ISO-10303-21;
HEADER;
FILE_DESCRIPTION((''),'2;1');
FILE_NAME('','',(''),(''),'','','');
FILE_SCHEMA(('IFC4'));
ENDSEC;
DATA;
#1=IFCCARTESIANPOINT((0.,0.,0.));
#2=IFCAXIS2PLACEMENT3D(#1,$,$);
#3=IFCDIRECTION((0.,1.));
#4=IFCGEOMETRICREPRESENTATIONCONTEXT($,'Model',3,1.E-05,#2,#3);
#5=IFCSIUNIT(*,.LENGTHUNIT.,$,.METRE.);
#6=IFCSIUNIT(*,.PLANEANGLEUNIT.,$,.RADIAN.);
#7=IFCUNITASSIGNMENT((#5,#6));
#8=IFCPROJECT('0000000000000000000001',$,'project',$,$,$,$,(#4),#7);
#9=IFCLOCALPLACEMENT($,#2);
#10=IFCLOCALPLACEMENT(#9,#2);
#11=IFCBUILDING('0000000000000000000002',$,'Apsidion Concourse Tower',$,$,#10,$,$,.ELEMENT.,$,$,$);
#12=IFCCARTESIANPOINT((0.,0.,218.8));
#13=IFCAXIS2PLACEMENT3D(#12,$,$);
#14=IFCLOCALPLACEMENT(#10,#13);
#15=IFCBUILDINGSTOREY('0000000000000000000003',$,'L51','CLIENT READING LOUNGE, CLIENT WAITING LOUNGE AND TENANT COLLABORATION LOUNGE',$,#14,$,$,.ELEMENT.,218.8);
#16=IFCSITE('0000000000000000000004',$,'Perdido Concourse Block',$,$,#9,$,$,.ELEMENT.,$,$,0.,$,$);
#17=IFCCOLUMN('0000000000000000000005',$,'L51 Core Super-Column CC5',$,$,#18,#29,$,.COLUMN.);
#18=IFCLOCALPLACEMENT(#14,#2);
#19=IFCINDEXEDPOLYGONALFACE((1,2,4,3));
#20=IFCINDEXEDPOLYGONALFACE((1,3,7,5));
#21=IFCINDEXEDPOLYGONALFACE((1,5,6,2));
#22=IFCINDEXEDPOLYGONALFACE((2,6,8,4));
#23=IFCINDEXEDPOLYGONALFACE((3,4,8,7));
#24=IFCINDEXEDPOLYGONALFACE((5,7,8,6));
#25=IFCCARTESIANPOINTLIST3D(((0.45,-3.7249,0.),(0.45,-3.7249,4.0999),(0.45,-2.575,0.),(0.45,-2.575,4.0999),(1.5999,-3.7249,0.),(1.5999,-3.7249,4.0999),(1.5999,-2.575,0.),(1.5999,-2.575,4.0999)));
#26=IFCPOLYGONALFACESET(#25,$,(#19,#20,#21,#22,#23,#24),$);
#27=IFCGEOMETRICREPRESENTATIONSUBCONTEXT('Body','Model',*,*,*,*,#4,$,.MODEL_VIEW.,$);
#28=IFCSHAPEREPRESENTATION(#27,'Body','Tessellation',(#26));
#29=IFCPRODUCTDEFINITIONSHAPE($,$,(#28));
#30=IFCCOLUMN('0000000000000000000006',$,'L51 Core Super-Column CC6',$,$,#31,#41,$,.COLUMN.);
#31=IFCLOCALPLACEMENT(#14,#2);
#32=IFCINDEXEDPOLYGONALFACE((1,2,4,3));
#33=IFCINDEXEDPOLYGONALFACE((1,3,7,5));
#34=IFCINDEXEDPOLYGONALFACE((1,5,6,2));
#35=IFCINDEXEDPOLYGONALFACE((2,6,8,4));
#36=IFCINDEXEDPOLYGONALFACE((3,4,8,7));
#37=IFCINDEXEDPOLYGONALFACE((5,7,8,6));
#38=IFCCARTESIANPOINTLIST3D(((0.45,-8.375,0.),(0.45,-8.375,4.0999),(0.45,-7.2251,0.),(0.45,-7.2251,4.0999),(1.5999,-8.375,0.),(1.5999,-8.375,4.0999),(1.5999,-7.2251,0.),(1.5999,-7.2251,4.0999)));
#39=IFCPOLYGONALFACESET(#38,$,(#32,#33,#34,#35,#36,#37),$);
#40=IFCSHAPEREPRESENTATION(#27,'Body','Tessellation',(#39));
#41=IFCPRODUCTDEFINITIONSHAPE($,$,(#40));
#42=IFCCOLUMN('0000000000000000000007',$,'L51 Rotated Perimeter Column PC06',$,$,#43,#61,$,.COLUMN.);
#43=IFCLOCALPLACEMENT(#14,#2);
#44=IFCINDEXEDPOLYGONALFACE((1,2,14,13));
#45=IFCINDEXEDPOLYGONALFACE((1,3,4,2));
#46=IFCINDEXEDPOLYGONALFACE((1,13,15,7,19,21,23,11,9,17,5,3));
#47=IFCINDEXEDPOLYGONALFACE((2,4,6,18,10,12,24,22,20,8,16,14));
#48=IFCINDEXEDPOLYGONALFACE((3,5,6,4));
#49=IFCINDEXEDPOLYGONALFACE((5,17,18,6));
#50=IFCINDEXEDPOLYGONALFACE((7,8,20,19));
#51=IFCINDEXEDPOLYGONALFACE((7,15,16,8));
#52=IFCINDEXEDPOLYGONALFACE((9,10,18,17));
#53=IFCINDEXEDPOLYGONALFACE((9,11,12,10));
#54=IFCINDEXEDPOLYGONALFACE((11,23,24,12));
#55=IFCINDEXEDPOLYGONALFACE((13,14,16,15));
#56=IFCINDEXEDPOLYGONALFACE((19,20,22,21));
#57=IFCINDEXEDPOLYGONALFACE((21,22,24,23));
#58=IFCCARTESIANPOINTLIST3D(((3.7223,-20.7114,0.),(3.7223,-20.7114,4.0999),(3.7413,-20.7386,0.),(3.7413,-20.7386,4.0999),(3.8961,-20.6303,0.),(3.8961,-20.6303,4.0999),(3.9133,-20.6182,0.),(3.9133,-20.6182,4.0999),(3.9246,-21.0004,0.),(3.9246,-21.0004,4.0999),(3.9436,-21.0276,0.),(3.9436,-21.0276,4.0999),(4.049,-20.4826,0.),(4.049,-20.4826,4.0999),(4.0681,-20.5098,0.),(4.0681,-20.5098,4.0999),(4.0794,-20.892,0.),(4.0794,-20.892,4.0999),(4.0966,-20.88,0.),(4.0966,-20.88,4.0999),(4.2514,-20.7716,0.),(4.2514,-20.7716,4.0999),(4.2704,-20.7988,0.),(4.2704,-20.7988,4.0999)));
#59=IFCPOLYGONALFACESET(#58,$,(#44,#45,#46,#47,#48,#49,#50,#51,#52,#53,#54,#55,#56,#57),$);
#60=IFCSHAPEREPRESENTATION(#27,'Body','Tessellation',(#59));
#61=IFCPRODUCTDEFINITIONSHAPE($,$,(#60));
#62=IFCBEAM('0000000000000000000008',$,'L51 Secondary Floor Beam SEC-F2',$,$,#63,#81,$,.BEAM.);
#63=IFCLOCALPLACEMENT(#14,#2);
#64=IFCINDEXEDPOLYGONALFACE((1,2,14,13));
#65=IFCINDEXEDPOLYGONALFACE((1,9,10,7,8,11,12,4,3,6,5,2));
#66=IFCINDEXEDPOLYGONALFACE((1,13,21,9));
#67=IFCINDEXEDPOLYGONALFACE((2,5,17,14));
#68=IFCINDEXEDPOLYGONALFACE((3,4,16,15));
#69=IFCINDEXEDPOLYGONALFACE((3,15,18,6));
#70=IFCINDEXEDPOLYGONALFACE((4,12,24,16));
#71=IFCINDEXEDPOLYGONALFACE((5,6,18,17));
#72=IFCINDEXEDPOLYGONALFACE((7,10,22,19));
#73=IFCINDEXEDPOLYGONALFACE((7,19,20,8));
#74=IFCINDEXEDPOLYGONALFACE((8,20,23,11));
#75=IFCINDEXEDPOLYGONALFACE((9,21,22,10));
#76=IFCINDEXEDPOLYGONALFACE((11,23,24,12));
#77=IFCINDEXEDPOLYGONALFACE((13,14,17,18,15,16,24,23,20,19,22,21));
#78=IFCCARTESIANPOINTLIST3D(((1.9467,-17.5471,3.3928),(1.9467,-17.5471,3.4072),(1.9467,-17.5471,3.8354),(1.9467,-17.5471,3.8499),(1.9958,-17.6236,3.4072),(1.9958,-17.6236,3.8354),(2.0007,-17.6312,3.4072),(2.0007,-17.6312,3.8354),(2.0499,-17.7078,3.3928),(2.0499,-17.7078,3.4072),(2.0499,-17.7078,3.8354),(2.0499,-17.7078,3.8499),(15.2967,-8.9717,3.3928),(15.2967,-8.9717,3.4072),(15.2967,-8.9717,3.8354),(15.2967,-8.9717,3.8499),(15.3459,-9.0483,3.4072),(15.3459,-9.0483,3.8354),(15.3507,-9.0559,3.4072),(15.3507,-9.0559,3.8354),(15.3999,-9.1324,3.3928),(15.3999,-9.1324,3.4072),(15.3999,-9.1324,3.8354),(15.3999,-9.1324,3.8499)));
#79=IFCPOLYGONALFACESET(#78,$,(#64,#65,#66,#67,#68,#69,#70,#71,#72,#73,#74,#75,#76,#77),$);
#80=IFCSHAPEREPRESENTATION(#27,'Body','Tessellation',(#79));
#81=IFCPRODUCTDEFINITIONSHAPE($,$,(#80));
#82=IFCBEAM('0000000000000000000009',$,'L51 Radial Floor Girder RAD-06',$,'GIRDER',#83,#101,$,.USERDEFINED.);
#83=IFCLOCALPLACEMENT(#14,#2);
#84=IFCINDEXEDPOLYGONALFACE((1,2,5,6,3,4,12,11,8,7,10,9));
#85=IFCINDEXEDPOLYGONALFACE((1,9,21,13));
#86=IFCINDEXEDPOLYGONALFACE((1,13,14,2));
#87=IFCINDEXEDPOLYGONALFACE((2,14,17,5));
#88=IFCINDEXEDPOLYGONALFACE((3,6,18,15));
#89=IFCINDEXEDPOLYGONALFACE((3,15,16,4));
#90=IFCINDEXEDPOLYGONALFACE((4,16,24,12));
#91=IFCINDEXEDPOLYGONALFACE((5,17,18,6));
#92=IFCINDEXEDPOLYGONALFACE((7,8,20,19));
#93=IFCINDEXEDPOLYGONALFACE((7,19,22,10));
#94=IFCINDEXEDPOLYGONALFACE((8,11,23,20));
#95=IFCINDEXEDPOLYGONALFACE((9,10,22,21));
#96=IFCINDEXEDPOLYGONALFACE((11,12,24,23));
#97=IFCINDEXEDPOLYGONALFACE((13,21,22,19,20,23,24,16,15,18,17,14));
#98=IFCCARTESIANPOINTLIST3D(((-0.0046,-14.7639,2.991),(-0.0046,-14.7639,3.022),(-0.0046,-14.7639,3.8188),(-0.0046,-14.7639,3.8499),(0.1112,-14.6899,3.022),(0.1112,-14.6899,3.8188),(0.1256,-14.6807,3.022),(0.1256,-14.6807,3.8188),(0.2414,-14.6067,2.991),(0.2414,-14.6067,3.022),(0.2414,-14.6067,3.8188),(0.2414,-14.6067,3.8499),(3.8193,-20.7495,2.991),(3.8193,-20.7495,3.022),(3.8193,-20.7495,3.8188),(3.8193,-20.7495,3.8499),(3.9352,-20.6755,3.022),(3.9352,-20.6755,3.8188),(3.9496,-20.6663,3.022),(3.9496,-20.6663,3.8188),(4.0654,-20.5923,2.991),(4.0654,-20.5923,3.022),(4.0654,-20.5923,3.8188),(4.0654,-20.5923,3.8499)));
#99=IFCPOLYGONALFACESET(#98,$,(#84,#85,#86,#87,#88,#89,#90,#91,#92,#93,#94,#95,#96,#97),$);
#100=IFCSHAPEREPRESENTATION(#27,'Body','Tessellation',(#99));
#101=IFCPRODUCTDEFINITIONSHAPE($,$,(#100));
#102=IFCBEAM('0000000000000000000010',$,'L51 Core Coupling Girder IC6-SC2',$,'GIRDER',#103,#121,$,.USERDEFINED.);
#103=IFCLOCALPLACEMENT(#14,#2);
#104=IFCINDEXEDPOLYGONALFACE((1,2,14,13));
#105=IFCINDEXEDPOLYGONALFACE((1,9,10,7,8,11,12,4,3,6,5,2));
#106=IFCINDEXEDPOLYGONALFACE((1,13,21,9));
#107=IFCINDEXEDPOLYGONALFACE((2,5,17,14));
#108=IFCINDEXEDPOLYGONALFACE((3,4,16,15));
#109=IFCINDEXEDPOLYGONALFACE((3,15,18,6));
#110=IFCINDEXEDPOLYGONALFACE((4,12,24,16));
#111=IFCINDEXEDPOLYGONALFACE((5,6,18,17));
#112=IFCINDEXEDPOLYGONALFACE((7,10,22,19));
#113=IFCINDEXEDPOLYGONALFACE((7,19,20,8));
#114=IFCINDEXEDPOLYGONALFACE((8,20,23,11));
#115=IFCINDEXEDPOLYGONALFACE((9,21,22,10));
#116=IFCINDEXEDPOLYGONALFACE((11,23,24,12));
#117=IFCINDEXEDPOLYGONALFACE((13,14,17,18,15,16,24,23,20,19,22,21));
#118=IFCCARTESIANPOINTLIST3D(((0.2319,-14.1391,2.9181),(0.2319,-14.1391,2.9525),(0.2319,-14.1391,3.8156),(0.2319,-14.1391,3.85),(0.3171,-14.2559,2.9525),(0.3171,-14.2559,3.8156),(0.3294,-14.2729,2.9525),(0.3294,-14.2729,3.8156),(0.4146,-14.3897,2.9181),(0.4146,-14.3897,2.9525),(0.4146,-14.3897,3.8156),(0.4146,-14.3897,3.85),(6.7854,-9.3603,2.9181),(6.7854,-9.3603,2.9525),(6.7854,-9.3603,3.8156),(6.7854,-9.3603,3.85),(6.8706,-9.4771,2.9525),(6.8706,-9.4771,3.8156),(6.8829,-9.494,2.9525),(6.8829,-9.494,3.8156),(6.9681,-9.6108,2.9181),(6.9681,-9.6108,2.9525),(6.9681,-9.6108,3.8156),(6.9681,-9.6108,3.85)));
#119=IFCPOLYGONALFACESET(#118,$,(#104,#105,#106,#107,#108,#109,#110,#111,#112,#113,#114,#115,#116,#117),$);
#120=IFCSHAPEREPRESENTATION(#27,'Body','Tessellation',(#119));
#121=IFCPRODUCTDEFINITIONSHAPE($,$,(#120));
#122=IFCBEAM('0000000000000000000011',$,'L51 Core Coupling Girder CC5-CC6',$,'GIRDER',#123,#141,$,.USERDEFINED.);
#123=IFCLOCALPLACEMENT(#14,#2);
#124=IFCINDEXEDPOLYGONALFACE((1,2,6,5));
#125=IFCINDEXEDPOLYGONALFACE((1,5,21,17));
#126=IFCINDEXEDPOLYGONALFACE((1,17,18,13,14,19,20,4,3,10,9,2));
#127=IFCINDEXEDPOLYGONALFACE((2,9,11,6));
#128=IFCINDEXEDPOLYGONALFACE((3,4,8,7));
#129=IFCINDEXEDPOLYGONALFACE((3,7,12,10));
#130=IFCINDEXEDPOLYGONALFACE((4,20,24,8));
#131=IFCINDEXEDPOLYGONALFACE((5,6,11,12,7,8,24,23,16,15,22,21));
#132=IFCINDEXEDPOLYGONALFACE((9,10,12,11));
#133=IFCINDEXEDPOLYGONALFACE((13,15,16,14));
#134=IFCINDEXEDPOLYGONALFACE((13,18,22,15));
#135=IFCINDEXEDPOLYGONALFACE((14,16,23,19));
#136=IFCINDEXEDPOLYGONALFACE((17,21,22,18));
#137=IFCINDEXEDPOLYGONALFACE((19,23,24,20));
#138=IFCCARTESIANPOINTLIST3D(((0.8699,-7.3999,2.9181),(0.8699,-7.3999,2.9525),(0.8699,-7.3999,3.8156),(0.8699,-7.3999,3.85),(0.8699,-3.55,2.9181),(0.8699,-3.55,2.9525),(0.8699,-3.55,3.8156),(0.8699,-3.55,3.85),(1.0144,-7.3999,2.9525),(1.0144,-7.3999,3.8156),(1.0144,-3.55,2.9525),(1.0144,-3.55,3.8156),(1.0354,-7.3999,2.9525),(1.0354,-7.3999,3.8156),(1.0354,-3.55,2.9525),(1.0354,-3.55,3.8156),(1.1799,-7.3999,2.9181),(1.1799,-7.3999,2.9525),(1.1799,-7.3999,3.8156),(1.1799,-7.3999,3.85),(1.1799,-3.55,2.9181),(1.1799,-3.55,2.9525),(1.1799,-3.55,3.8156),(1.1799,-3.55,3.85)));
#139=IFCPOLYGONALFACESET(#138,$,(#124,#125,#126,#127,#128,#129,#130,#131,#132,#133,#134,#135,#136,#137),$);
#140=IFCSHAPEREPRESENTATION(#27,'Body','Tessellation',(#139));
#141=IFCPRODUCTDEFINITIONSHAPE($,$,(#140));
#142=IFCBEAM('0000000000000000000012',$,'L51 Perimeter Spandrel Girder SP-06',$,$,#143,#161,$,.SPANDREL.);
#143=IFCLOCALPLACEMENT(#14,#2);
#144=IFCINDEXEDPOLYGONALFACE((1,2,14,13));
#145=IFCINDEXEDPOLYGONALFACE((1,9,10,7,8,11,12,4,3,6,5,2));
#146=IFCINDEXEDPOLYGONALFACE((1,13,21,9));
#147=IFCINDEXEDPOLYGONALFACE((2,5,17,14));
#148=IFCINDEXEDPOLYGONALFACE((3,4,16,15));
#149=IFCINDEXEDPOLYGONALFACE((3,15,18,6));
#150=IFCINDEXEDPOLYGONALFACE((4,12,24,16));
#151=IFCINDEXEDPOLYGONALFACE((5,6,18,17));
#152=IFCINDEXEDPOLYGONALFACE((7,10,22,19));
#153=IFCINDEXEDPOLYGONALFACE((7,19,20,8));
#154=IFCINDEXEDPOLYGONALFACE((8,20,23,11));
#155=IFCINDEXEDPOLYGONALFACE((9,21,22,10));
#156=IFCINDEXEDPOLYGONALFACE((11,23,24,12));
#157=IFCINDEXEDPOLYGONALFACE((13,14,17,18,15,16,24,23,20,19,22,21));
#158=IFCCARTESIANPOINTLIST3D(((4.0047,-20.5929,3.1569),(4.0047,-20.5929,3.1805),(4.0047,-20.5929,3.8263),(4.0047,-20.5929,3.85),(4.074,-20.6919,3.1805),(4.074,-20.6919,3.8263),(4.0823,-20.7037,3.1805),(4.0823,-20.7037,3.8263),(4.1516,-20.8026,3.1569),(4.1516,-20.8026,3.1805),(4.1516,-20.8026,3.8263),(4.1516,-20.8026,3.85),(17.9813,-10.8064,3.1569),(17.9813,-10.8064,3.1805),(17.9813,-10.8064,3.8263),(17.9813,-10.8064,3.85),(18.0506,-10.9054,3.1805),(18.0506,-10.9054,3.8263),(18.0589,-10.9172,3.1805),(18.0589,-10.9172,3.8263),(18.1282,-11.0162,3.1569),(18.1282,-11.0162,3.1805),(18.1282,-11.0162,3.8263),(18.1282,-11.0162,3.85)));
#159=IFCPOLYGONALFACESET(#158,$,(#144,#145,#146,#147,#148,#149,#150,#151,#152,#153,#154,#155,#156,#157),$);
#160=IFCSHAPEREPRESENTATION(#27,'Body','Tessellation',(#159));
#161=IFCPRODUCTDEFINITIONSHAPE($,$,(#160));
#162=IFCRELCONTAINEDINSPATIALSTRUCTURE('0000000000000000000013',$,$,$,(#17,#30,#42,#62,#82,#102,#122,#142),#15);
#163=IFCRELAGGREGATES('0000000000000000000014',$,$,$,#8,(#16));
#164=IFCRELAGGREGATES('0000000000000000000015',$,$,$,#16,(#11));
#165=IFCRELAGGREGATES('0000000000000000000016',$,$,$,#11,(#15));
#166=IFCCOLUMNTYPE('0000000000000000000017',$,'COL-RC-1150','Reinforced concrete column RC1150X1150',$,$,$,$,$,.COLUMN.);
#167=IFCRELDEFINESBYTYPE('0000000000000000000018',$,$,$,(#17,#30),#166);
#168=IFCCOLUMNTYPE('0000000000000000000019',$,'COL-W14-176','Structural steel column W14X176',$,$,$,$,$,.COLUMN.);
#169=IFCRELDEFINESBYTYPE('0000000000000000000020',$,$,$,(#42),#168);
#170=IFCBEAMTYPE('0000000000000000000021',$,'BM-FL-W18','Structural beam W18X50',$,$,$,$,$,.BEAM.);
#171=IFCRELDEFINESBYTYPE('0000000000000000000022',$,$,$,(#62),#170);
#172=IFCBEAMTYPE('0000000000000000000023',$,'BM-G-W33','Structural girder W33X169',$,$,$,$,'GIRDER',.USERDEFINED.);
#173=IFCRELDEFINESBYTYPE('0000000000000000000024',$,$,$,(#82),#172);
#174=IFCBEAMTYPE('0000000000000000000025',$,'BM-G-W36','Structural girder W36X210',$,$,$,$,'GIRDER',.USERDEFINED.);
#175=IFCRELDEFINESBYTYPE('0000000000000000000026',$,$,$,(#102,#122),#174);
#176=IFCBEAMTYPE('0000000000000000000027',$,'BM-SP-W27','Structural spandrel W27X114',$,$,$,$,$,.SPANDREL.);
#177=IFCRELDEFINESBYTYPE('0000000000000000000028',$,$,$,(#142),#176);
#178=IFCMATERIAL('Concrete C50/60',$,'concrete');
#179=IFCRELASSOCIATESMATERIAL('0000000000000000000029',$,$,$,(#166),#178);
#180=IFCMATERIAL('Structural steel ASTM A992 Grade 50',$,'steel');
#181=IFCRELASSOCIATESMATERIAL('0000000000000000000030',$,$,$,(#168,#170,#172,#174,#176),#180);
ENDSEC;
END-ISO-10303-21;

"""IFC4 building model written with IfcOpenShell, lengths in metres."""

from ifc_helpers import new_model, si_unit, direction, frame, origin, origin_2d, place, context, subcontext, project, spatial, rectangle, i_section, extrude, material, material_profile, profile_set, type_object, element, save


model = new_model("IFC4")

# Units and contexts
model_context = context("Model", 3, precision=1e-05, world=origin(), true_north=direction((0.0, 1.0)))
body_context = subcontext(model_context, "Body", "Model", "MODEL_VIEW")
ifc_project = project(units=[si_unit("LENGTHUNIT", "METRE"), si_unit("PLANEANGLEUNIT", "RADIAN")], contexts=[model_context])

# Site, building, storey
site_placement = place(None, origin())
site = spatial("IfcSite", under=ifc_project, at=site_placement, Name="Perdido Concourse Block", CompositionType="ELEMENT", RefElevation=0.0)
building_placement = place(site_placement, origin())
building = spatial("IfcBuilding", under=site, at=building_placement, Name="Apsidion Concourse Tower", CompositionType="ELEMENT")
storey_placement = place(building_placement, frame((0.0, 0.0, 218.8)))
storey = spatial("IfcBuildingStorey", under=building, at=storey_placement, Name="L51", Description="CLIENT READING LOUNGE, CLIENT WAITING LOUNGE AND TENANT COLLABORATION LOUNGE", CompositionType="ELEMENT", Elevation=218.8)

# Columns
ifc_material_1 = material(Name="Concrete C50/60", Category="concrete")
ifc_material_profile_1 = material_profile(ifc_material_1, rectangle(XDim=1.1499, YDim=1.1499, at=origin_2d()), Name="RC 1150x1150")
ifc_profile_set_1 = profile_set([ifc_material_profile_1], Name="Concrete C50/60")
column_type_1 = type_object("IfcColumnType", Name="COL-RC-1150", Description="Reinforced concrete column RC1150X1150", PredefinedType="COLUMN", material=ifc_profile_set_1)
for number, where, z_axis, x_axis, name in (
    (1, (1.0249, -3.1499, 0.0), (0.0, 0.0, 1.0), (1.0, 0.0, 0.0), "L51 Core Super-Column CC5"),
    (2, (1.0249, -7.8, 0.0), (0.0, 0.0, 1.0), (1.0, 0.0, 0.0), "L51 Core Super-Column CC6"),
):
    element("IfcColumn", number, at=place(storey_placement, frame(where, z_axis=z_axis, x_axis=x_axis)), inside=storey, type_object=column_type_1, Name=name, PredefinedType="COLUMN", context=body_context, shape_type="SweptSolid", body=[
        extrude(rectangle(XDim=1.1499, YDim=1.1499, at=origin_2d()), origin(), (0.0, 0.0, 1.0), 4.0999),
    ])
ifc_material_2 = material(Name="Structural steel ASTM A992 Grade 50", Category="steel")
ifc_material_profile_2 = material_profile(ifc_material_2, i_section(OverallWidth=0.3989, OverallDepth=0.386, WebThickness=0.021, FlangeThickness=0.0332, at=origin_2d()), Name="W14X176")
ifc_profile_set_2 = profile_set([ifc_material_profile_2], Name="Structural steel ASTM A992 Grade 50")
column_type_2 = type_object("IfcColumnType", Name="COL-W14-176", Description="Structural steel column W14X176", PredefinedType="COLUMN", material=ifc_profile_set_2)
column_placement = place(storey_placement, frame((3.9963, -20.7551, 0.0), z_axis=(0.0, 0.0, 1.0), x_axis=(0.819152, 0.573576, 0.0)))
element("IfcColumn", 3, at=column_placement, inside=storey, type_object=column_type_2, Name="L51 Rotated Perimeter Column PC06", PredefinedType="COLUMN", context=body_context, shape_type="SweptSolid", body=[
    extrude(i_section(OverallWidth=0.3989, OverallDepth=0.386, WebThickness=0.021, FlangeThickness=0.0332, at=origin_2d()), origin(), (0.0, 0.0, 1.0), 4.0999),
])

# Beams
ifc_material_profile_3 = material_profile(ifc_material_2, i_section(OverallWidth=0.1909, OverallDepth=0.457, WebThickness=0.009, FlangeThickness=0.0144, at=origin_2d()), Name="W18X50")
ifc_profile_set_3 = profile_set([ifc_material_profile_3], Name="Structural steel ASTM A992 Grade 50")
beam_type_1 = type_object("IfcBeamType", Name="BM-FL-W18", Description="Structural beam W18X50", PredefinedType="BEAM", material=ifc_profile_set_3)
beam_1_placement = place(storey_placement, frame((1.9983, -17.6274, 3.6213), z_axis=(0.841372, 0.540456, 0.0), x_axis=(-0.540456, 0.841372, 0.0)))
element("IfcBeam", 4, at=beam_1_placement, inside=storey, type_object=beam_type_1, Name="L51 Secondary Floor Beam SEC-F2", PredefinedType="BEAM", context=body_context, shape_type="SweptSolid", body=[
    extrude(i_section(OverallWidth=0.1909, OverallDepth=0.457, WebThickness=0.009, FlangeThickness=0.0144, at=origin_2d()), origin(), (0.0, 0.0, 1.0), 15.8669),
])
ifc_material_profile_4 = material_profile(ifc_material_2, i_section(OverallWidth=0.292, OverallDepth=0.8589, WebThickness=0.0171, FlangeThickness=0.031, at=origin_2d()), Name="W33X169")
ifc_profile_set_4 = profile_set([ifc_material_profile_4], Name="Structural steel ASTM A992 Grade 50")
beam_type_2 = type_object("IfcBeamType", Name="BM-G-W33", Description="Structural girder W33X169", ElementType="GIRDER", PredefinedType="USERDEFINED", material=ifc_profile_set_4)
beam_2_placement = place(storey_placement, frame((0.1184, -14.6853, 3.4204), z_axis=(0.538374, -0.842706, 0.0), x_axis=(0.842706, 0.538374, 0.0)))
element("IfcBeam", 5, at=beam_2_placement, inside=storey, type_object=beam_type_2, Name="L51 Radial Floor Girder RAD-06", ObjectType="GIRDER", PredefinedType="USERDEFINED", context=body_context, shape_type="SweptSolid", body=[
    extrude(i_section(OverallWidth=0.292, OverallDepth=0.8589, WebThickness=0.0171, FlangeThickness=0.031, at=origin_2d()), origin(), (0.0, 0.0, 1.0), 7.1028),
])
ifc_material_profile_5 = material_profile(ifc_material_2, i_section(OverallWidth=0.3101, OverallDepth=0.9319, WebThickness=0.021, FlangeThickness=0.0344, at=origin_2d()), Name="W36X210")
ifc_profile_set_5 = profile_set([ifc_material_profile_5], Name="Structural steel ASTM A992 Grade 50")
beam_type_3 = type_object("IfcBeamType", Name="BM-G-W36", Description="Structural girder W36X210", ElementType="GIRDER", PredefinedType="USERDEFINED", material=ifc_profile_set_5)
beam_3_placement = place(storey_placement, frame((0.3232, -14.2644, 3.384), z_axis=(0.807993, 0.589191, 0.0), x_axis=(-0.589191, 0.807993, 0.0)))
element("IfcBeam", 6, at=beam_3_placement, inside=storey, type_object=beam_type_3, Name="L51 Core Coupling Girder IC6-SC2", ObjectType="GIRDER", PredefinedType="USERDEFINED", context=body_context, shape_type="SweptSolid", body=[
    extrude(i_section(OverallWidth=0.3101, OverallDepth=0.9319, WebThickness=0.021, FlangeThickness=0.0344, at=origin_2d()), origin(), (0.0, 0.0, 1.0), 8.1108),
])
beam_4_placement = place(storey_placement, frame((1.0249, -3.55, 3.384), z_axis=(0.0, -1.0, 0.0), x_axis=(1.0, 0.0, 0.0)))
element("IfcBeam", 7, at=beam_4_placement, inside=storey, type_object=beam_type_3, Name="L51 Core Coupling Girder CC5-CC6", ObjectType="GIRDER", PredefinedType="USERDEFINED", context=body_context, shape_type="SweptSolid", body=[
    extrude(i_section(OverallWidth=0.3101, OverallDepth=0.9319, WebThickness=0.021, FlangeThickness=0.0344, at=origin_2d()), origin(), (0.0, 0.0, 1.0), 3.8499),
])
ifc_material_profile_6 = material_profile(ifc_material_2, i_section(OverallWidth=0.2561, OverallDepth=0.6931, WebThickness=0.0144, FlangeThickness=0.0237, at=origin_2d()), Name="W27X114")
ifc_profile_set_6 = profile_set([ifc_material_profile_6], Name="Structural steel ASTM A992 Grade 50")
beam_type_4 = type_object("IfcBeamType", Name="BM-SP-W27", Description="Structural spandrel W27X114", PredefinedType="SPANDREL", material=ifc_profile_set_6)
beam_5_placement = place(storey_placement, frame((4.0781, -20.6978, 3.5034), z_axis=(0.819155, 0.573572, 0.0), x_axis=(-0.573572, 0.819155, 0.0)))
element("IfcBeam", 8, at=beam_5_placement, inside=storey, type_object=beam_type_4, Name="L51 Perimeter Spandrel Girder SP-06", PredefinedType="SPANDREL", context=body_context, shape_type="SweptSolid", body=[
    extrude(i_section(OverallWidth=0.2561, OverallDepth=0.6931, WebThickness=0.0144, FlangeThickness=0.0237, at=origin_2d()), origin(), (0.0, 0.0, 1.0), 17.0623),
])

save(model, "model.ifc")
